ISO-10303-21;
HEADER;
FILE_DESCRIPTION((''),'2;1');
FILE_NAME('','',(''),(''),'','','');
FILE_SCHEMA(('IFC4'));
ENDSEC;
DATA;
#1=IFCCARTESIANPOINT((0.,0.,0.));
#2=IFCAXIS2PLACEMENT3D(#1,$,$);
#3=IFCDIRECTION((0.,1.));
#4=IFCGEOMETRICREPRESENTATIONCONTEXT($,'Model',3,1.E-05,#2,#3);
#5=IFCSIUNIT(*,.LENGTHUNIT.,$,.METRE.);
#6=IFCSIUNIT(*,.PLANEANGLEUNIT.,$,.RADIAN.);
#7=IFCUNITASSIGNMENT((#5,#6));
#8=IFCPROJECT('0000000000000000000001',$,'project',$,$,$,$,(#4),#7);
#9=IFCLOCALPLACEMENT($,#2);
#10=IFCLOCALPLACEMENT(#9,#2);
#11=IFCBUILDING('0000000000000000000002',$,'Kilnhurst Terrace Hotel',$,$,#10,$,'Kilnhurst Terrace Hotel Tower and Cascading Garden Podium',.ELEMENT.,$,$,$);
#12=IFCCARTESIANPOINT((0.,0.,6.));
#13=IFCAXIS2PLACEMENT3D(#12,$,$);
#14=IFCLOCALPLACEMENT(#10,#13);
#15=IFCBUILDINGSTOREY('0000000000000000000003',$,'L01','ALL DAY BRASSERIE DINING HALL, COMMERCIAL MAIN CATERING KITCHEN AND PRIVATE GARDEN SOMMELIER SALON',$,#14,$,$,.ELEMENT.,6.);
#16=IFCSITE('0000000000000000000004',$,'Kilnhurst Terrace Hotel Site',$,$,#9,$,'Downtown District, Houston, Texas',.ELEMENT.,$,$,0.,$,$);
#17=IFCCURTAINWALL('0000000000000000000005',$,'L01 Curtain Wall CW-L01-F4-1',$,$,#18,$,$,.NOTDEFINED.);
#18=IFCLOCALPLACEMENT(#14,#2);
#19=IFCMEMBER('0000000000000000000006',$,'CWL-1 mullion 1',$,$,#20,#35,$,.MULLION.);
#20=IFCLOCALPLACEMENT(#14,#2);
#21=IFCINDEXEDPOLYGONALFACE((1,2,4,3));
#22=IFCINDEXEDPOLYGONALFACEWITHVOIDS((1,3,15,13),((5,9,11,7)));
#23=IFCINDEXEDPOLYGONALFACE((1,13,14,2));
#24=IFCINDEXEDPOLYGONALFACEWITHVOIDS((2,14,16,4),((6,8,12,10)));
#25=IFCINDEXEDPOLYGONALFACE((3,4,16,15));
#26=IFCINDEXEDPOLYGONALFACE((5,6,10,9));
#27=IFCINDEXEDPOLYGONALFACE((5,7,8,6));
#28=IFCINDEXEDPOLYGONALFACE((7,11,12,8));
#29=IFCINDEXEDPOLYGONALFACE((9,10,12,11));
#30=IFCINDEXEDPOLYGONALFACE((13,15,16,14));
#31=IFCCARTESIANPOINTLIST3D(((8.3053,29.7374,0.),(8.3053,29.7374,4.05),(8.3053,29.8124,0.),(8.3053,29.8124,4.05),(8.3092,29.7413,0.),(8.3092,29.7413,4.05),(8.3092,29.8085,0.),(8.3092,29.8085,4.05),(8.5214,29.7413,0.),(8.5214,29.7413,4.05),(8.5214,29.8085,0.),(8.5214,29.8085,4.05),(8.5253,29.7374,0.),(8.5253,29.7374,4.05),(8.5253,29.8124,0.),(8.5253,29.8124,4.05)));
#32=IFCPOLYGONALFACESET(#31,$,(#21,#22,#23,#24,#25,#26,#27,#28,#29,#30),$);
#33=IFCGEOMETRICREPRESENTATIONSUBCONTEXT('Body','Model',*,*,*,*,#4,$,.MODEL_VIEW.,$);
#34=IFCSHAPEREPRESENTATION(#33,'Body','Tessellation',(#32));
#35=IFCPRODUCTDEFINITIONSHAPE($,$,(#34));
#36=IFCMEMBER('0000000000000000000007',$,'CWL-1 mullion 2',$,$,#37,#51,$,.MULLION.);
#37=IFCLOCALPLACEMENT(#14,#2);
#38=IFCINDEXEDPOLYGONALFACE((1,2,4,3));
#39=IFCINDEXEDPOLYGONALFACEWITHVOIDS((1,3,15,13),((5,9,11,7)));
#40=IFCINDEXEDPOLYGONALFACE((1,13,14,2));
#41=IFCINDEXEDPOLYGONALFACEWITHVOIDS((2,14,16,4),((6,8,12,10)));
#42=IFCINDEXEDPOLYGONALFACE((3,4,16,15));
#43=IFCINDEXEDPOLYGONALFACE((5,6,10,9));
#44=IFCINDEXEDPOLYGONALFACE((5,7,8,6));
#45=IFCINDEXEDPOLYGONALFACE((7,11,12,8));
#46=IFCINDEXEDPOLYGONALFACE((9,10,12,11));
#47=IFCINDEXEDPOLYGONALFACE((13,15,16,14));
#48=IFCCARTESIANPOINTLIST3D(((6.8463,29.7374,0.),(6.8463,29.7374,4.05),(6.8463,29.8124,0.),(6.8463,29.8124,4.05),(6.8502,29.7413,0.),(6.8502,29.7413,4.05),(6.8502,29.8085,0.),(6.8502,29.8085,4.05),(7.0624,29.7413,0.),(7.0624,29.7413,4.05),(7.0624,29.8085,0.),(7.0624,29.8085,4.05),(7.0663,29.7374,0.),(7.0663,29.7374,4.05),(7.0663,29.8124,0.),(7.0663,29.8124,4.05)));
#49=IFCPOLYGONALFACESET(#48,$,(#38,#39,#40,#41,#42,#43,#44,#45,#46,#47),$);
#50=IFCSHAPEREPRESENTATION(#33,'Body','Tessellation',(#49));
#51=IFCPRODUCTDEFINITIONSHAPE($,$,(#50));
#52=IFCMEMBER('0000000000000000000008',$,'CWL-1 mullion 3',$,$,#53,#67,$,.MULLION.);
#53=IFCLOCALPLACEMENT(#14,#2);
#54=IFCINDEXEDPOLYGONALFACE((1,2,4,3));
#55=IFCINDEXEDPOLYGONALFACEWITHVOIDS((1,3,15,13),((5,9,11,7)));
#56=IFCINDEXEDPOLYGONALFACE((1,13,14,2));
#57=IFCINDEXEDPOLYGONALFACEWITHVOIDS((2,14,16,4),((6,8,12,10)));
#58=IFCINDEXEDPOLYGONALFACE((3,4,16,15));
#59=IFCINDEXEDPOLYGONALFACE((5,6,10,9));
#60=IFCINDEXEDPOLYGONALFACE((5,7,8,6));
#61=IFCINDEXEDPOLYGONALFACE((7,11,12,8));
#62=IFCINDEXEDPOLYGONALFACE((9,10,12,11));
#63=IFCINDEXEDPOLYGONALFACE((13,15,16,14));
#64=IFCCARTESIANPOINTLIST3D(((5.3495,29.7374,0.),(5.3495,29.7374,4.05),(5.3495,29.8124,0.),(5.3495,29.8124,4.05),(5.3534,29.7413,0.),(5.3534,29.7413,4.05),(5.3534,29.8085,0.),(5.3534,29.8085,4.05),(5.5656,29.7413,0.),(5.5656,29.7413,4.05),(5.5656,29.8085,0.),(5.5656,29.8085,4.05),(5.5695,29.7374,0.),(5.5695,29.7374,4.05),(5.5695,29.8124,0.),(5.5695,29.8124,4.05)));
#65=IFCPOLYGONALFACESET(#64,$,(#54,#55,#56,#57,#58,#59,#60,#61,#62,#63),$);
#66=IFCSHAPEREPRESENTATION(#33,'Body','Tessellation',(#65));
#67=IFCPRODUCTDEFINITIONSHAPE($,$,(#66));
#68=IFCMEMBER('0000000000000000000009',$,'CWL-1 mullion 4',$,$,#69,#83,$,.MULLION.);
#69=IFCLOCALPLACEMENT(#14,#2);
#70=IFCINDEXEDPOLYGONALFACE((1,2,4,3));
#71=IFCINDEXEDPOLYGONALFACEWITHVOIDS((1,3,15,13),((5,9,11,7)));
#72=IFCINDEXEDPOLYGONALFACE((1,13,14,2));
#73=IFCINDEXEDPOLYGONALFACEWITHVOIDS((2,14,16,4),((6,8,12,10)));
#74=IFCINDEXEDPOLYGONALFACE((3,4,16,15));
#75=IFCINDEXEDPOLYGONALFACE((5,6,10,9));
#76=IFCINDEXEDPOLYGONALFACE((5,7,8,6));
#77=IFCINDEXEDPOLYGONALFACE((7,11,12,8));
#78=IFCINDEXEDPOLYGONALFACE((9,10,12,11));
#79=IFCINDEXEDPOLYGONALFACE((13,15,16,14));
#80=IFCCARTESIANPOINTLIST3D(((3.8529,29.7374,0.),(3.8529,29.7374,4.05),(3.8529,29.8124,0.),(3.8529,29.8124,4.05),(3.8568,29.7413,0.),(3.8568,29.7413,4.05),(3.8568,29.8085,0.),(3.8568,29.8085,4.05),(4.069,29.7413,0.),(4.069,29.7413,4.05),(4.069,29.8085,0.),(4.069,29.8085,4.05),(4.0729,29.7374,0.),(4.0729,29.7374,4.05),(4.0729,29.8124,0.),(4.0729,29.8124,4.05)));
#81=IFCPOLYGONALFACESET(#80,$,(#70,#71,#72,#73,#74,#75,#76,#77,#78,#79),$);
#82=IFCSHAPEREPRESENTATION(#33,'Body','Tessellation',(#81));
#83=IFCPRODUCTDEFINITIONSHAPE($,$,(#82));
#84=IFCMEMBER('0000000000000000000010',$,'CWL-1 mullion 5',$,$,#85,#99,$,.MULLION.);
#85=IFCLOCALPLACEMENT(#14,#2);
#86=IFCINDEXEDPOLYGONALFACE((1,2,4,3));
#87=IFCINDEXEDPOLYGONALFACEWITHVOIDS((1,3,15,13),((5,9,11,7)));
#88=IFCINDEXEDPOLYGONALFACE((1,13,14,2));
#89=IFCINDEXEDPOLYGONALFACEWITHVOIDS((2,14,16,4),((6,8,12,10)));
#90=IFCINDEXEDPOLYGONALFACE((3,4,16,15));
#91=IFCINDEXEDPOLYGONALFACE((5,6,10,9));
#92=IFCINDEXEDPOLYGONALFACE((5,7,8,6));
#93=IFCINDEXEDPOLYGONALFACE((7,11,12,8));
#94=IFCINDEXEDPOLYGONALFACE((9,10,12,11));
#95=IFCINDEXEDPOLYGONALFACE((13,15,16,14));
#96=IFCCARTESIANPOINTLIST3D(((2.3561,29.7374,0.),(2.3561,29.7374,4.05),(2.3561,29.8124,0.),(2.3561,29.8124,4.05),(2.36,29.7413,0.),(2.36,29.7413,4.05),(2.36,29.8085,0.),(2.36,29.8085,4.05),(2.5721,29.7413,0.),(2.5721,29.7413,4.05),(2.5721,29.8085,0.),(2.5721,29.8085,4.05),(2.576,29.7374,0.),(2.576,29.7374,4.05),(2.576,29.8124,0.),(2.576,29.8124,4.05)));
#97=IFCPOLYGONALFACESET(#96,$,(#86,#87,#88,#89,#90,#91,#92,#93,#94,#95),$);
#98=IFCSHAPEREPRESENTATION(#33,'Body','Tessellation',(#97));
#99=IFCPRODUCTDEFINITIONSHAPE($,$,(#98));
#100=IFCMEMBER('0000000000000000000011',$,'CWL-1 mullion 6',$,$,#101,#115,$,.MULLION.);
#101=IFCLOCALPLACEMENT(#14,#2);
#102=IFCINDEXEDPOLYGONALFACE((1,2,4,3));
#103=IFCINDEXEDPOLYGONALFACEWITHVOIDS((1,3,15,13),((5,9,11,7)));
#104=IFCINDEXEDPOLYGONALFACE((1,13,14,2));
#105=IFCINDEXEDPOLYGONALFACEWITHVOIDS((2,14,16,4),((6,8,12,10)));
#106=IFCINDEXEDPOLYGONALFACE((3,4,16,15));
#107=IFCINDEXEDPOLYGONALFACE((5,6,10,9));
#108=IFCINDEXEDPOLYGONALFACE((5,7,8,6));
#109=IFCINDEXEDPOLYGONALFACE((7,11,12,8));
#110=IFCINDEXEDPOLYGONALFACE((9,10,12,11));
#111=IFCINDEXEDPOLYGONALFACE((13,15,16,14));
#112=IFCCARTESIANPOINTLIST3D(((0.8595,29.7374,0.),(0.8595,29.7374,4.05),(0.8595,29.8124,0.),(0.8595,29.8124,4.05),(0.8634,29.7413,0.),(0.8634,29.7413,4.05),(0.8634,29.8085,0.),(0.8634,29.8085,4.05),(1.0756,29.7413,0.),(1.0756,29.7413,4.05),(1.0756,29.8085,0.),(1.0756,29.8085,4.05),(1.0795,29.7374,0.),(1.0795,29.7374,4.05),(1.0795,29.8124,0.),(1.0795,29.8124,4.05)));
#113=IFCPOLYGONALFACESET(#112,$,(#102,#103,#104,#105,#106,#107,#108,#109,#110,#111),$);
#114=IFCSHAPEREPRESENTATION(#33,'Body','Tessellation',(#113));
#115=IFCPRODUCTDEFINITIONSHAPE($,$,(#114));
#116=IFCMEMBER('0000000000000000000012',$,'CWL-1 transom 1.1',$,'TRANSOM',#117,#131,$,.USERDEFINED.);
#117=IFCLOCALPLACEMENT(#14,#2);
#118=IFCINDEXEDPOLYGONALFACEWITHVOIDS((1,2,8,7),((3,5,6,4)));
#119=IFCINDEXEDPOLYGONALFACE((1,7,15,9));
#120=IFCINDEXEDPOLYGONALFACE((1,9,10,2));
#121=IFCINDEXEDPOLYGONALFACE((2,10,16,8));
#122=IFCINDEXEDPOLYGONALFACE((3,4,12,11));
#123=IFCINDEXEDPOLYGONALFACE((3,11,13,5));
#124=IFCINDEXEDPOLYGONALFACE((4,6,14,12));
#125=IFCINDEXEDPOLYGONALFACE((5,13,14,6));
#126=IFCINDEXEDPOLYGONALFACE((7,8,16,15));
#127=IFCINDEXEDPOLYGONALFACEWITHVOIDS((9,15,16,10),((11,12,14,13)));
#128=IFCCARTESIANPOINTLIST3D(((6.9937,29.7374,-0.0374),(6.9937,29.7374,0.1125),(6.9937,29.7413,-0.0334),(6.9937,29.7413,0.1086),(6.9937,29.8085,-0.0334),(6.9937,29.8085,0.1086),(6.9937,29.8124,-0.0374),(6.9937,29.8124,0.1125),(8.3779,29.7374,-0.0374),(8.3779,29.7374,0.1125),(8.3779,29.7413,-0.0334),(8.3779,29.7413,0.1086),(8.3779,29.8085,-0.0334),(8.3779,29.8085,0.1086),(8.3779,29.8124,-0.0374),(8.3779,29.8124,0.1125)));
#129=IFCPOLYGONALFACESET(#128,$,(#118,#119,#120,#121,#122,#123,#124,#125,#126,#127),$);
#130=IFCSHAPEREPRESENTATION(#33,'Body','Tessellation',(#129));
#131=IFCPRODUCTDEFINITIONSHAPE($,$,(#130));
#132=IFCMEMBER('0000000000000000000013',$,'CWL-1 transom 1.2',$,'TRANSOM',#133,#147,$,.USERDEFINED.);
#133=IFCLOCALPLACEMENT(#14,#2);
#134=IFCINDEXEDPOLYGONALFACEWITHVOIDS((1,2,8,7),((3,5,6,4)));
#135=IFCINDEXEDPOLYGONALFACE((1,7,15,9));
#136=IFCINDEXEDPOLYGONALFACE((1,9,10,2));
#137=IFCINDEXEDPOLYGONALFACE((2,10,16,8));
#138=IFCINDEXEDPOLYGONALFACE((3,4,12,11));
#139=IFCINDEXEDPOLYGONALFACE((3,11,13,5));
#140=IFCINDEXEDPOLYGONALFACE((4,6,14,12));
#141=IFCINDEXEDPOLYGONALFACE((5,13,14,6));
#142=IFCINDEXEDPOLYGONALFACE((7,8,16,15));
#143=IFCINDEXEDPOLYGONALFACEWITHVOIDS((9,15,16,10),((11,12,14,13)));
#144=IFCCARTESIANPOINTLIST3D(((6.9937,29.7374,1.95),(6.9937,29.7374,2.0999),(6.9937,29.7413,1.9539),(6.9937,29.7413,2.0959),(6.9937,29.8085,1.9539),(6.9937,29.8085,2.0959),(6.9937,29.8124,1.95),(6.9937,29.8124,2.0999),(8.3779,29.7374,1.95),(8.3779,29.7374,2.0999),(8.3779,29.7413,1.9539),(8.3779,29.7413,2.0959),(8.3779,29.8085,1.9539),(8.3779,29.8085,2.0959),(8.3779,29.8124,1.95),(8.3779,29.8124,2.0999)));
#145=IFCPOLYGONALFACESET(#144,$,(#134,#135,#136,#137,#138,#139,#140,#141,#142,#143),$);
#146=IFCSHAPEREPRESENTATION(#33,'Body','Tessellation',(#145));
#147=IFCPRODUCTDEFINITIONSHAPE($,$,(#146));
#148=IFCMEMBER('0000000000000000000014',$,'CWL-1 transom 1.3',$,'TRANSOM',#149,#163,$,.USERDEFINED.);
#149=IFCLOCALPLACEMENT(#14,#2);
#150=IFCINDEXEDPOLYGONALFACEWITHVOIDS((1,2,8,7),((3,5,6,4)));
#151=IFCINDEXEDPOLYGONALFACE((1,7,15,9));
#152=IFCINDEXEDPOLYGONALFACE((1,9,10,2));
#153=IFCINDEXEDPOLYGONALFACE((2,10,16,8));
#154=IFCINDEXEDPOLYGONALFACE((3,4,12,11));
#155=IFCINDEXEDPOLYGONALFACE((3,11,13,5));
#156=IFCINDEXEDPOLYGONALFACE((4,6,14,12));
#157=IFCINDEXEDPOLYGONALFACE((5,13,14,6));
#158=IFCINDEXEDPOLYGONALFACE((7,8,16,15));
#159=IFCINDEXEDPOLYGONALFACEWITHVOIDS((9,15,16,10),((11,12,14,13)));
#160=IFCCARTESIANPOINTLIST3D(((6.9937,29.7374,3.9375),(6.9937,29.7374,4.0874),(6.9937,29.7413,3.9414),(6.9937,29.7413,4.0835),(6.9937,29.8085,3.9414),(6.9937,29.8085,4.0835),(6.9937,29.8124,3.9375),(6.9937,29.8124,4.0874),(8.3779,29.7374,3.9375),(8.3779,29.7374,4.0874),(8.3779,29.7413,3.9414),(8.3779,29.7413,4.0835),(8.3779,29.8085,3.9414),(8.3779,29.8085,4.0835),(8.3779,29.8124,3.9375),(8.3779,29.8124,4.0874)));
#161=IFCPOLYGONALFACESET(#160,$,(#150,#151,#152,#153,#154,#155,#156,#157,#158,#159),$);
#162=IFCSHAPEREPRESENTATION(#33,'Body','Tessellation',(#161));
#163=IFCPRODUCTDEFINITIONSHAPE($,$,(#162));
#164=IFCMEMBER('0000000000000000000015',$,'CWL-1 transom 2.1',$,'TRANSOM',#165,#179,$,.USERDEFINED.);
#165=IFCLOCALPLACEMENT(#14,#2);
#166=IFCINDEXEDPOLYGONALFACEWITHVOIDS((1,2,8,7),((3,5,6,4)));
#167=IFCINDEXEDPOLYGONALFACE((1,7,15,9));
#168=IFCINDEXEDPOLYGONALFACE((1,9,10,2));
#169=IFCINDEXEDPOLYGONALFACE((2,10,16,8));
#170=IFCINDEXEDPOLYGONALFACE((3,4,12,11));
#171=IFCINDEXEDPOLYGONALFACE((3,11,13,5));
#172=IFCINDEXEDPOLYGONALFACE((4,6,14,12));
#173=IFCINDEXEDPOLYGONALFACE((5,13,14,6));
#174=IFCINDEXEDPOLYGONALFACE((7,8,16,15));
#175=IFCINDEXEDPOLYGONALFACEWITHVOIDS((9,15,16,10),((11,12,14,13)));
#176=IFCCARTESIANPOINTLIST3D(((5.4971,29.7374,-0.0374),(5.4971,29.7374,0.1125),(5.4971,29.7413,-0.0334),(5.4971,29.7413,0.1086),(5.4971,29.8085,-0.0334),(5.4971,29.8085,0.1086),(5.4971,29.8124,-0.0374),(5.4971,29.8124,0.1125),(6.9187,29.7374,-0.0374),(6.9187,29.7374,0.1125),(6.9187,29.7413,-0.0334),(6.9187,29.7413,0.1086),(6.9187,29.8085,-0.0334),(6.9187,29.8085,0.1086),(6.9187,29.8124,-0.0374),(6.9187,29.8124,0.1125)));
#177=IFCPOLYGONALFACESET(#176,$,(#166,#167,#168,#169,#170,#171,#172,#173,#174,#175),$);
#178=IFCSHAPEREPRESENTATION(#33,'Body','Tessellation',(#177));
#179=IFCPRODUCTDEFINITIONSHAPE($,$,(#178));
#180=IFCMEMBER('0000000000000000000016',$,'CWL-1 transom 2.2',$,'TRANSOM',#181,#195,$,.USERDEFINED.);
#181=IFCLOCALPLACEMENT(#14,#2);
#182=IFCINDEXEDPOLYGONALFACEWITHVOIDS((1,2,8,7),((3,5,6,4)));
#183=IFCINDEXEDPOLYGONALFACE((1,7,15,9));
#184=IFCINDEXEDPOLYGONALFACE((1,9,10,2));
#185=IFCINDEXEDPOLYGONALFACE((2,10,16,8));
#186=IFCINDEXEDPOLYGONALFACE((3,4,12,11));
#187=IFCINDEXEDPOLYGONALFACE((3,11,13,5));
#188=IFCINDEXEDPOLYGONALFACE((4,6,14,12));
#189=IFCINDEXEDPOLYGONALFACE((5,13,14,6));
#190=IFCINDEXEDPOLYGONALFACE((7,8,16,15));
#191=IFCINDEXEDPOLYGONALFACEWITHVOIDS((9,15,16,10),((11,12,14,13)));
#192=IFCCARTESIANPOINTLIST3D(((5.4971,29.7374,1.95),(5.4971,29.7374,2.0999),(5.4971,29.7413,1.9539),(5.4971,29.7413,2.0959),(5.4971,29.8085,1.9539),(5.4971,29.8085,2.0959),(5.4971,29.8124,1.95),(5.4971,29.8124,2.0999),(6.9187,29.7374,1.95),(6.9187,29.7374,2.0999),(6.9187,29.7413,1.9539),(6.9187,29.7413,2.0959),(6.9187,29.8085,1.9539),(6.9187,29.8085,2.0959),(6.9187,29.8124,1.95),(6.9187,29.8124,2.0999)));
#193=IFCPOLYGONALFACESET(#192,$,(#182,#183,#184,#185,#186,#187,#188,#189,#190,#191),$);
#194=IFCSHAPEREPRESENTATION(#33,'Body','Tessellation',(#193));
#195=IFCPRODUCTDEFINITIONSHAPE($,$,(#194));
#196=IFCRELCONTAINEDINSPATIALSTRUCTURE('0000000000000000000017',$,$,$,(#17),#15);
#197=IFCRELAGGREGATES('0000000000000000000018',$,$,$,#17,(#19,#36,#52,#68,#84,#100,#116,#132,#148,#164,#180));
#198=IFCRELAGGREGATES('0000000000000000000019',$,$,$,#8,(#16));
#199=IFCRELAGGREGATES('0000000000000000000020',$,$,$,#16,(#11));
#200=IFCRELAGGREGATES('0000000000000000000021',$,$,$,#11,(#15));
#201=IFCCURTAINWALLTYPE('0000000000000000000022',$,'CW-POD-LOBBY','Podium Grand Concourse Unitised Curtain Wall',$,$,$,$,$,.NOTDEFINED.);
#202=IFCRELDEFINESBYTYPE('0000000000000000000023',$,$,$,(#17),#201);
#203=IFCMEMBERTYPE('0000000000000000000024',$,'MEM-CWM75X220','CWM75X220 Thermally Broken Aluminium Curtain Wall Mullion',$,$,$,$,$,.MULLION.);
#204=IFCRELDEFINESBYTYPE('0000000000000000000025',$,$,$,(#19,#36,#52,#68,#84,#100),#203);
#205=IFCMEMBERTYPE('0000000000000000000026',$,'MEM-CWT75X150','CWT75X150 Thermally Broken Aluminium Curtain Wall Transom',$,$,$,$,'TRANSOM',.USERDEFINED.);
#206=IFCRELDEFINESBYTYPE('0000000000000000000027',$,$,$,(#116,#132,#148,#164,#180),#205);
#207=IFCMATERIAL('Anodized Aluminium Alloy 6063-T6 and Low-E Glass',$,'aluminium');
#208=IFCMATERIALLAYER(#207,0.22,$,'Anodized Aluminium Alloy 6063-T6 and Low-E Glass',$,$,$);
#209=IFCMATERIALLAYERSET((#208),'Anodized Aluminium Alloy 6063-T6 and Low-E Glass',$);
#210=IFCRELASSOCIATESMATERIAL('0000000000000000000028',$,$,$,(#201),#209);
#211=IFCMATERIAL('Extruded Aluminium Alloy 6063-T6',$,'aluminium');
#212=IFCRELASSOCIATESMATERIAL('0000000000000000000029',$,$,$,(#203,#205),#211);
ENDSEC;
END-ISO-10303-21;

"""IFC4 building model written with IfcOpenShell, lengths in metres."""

from ifc_helpers import new_model, si_unit, direction, frame, origin, origin_2d, place, context, subcontext, project, spatial, hollow_rectangle, extrude, material, layer, layer_set, material_profile, profile_set, type_object, element, aggregate, save


model = new_model("IFC4")

# Units and contexts
model_context = context("Model", 3, precision=1e-05, world=origin(), true_north=direction((0.0, 1.0)))
body_context = subcontext(model_context, "Body", "Model", "MODEL_VIEW")
ifc_project = project(units=[si_unit("LENGTHUNIT", "METRE"), si_unit("PLANEANGLEUNIT", "RADIAN")], contexts=[model_context])

# Site, building, storey
site_placement = place(None, origin())
site = spatial("IfcSite", under=ifc_project, at=site_placement, Name="Kilnhurst Terrace Hotel Site", LongName="Downtown District, Houston, Texas", CompositionType="ELEMENT", RefElevation=0.0)
building_placement = place(site_placement, origin())
building = spatial("IfcBuilding", under=site, at=building_placement, Name="Kilnhurst Terrace Hotel", LongName="Kilnhurst Terrace Hotel Tower and Cascading Garden Podium", CompositionType="ELEMENT")
storey_placement = place(building_placement, frame((0.0, 0.0, 6.0)))
storey = spatial("IfcBuildingStorey", under=building, at=storey_placement, Name="L01", Description="ALL DAY BRASSERIE DINING HALL, COMMERCIAL MAIN CATERING KITCHEN AND PRIVATE GARDEN SOMMELIER SALON", CompositionType="ELEMENT", Elevation=6.0)

# Curtain wall, members
ifc_material_1 = material(Name="Anodized Aluminium Alloy 6063-T6 and Low-E Glass", Category="aluminium")
ifc_layer_1 = layer(ifc_material_1, 0.22, Name="Anodized Aluminium Alloy 6063-T6 and Low-E Glass")
ifc_layer_set_1 = layer_set([ifc_layer_1], Name="Anodized Aluminium Alloy 6063-T6 and Low-E Glass")
curtain_wall_type = type_object("IfcCurtainWallType", Name="CW-POD-LOBBY", Description="Podium Grand Concourse Unitised Curtain Wall", PredefinedType="NOTDEFINED", material=ifc_layer_set_1)
curtain_wall_placement = place(storey_placement, origin())
curtain_wall = element("IfcCurtainWall", 1, at=curtain_wall_placement, inside=storey, type_object=curtain_wall_type, Name="L01 Curtain Wall CW-L01-F4-1", PredefinedType="NOTDEFINED")
ifc_material_2 = material(Name="Extruded Aluminium Alloy 6063-T6", Category="aluminium")
ifc_material_profile_1 = material_profile(ifc_material_2, hollow_rectangle(XDim=0.075, YDim=0.22, WallThickness=0.0039, at=origin_2d()), Name="CWM75X220")
ifc_profile_set_1 = profile_set([ifc_material_profile_1], Name="Extruded Aluminium Alloy 6063-T6")
member_type_1 = type_object("IfcMemberType", Name="MEM-CWM75X220", Description="CWM75X220 Thermally Broken Aluminium Curtain Wall Mullion", PredefinedType="MULLION", material=ifc_profile_set_1)
member_1_placement = place(storey_placement, frame((8.4153, 29.7749, 0.0), z_axis=(0.0, 0.0, 1.0), x_axis=(0.0, -1.0, 0.0)))
member_1 = element("IfcMember", 2, at=member_1_placement, type_object=member_type_1, Name="CWL-1 mullion 1", PredefinedType="MULLION", context=body_context, shape_type="SweptSolid", body=[
    extrude(hollow_rectangle(XDim=0.075, YDim=0.22, WallThickness=0.0039, at=origin_2d()), origin(), (0.0, 0.0, 1.0), 4.05),
])
member_2_placement = place(storey_placement, frame((6.9563, 29.7749, 0.0), z_axis=(0.0, 0.0, 1.0), x_axis=(0.0, -1.0, 0.0)))
member_2 = element("IfcMember", 3, at=member_2_placement, type_object=member_type_1, Name="CWL-1 mullion 2", PredefinedType="MULLION", context=body_context, shape_type="SweptSolid", body=[
    extrude(hollow_rectangle(XDim=0.075, YDim=0.22, WallThickness=0.0039, at=origin_2d()), origin(), (0.0, 0.0, 1.0), 4.05),
])
member_3_placement = place(storey_placement, frame((5.4595, 29.7749, 0.0), z_axis=(0.0, 0.0, 1.0), x_axis=(0.0, -1.0, 0.0)))
member_3 = element("IfcMember", 4, at=member_3_placement, type_object=member_type_1, Name="CWL-1 mullion 3", PredefinedType="MULLION", context=body_context, shape_type="SweptSolid", body=[
    extrude(hollow_rectangle(XDim=0.075, YDim=0.22, WallThickness=0.0039, at=origin_2d()), origin(), (0.0, 0.0, 1.0), 4.05),
])
member_4_placement = place(storey_placement, frame((3.9629, 29.7749, 0.0), z_axis=(0.0, 0.0, 1.0), x_axis=(0.0, -1.0, 0.0)))
member_4 = element("IfcMember", 5, at=member_4_placement, type_object=member_type_1, Name="CWL-1 mullion 4", PredefinedType="MULLION", context=body_context, shape_type="SweptSolid", body=[
    extrude(hollow_rectangle(XDim=0.075, YDim=0.22, WallThickness=0.0039, at=origin_2d()), origin(), (0.0, 0.0, 1.0), 4.05),
])
member_5_placement = place(storey_placement, frame((2.4661, 29.7749, 0.0), z_axis=(0.0, 0.0, 1.0), x_axis=(0.0, -1.0, 0.0)))
member_5 = element("IfcMember", 6, at=member_5_placement, type_object=member_type_1, Name="CWL-1 mullion 5", PredefinedType="MULLION", context=body_context, shape_type="SweptSolid", body=[
    extrude(hollow_rectangle(XDim=0.075, YDim=0.22, WallThickness=0.0039, at=origin_2d()), origin(), (0.0, 0.0, 1.0), 4.05),
])
member_6_placement = place(storey_placement, frame((0.9695, 29.7749, 0.0), z_axis=(0.0, 0.0, 1.0), x_axis=(0.0, -1.0, 0.0)))
member_6 = element("IfcMember", 7, at=member_6_placement, type_object=member_type_1, Name="CWL-1 mullion 6", PredefinedType="MULLION", context=body_context, shape_type="SweptSolid", body=[
    extrude(hollow_rectangle(XDim=0.075, YDim=0.22, WallThickness=0.0039, at=origin_2d()), origin(), (0.0, 0.0, 1.0), 4.05),
])
ifc_material_profile_2 = material_profile(ifc_material_2, hollow_rectangle(XDim=0.075, YDim=0.1499, WallThickness=0.0039, at=origin_2d()), Name="CWT75X150")
ifc_profile_set_2 = profile_set([ifc_material_profile_2], Name="Extruded Aluminium Alloy 6063-T6")
member_type_2 = type_object("IfcMemberType", Name="MEM-CWT75X150", Description="CWT75X150 Thermally Broken Aluminium Curtain Wall Transom", ElementType="TRANSOM", PredefinedType="USERDEFINED", material=ifc_profile_set_2)
member_7_placement = place(storey_placement, frame((8.3779, 29.7749, 0.0376), z_axis=(-1.0, 0.0, 0.0), x_axis=(0.0, -1.0, 0.0)))
member_7 = element("IfcMember", 8, at=member_7_placement, type_object=member_type_2, Name="CWL-1 transom 1.1", ObjectType="TRANSOM", PredefinedType="USERDEFINED", context=body_context, shape_type="SweptSolid", body=[
    extrude(hollow_rectangle(XDim=0.075, YDim=0.1499, WallThickness=0.0039, at=origin_2d()), origin(), (0.0, 0.0, 1.0), 1.3843),
])
member_8_placement = place(storey_placement, frame((8.3779, 29.7749, 2.0249), z_axis=(-1.0, 0.0, 0.0), x_axis=(0.0, -1.0, 0.0)))
member_8 = element("IfcMember", 9, at=member_8_placement, type_object=member_type_2, Name="CWL-1 transom 1.2", ObjectType="TRANSOM", PredefinedType="USERDEFINED", context=body_context, shape_type="SweptSolid", body=[
    extrude(hollow_rectangle(XDim=0.075, YDim=0.1499, WallThickness=0.0039, at=origin_2d()), origin(), (0.0, 0.0, 1.0), 1.3843),
])
member_9_placement = place(storey_placement, frame((8.3779, 29.7749, 4.0125), z_axis=(-1.0, 0.0, 0.0), x_axis=(0.0, -1.0, 0.0)))
member_9 = element("IfcMember", 10, at=member_9_placement, type_object=member_type_2, Name="CWL-1 transom 1.3", ObjectType="TRANSOM", PredefinedType="USERDEFINED", context=body_context, shape_type="SweptSolid", body=[
    extrude(hollow_rectangle(XDim=0.075, YDim=0.1499, WallThickness=0.0039, at=origin_2d()), origin(), (0.0, 0.0, 1.0), 1.3843),
])
member_10_placement = place(storey_placement, frame((6.9187, 29.7749, 0.0376), z_axis=(-1.0, 0.0, 0.0), x_axis=(0.0, -1.0, 0.0)))
member_10 = element("IfcMember", 11, at=member_10_placement, type_object=member_type_2, Name="CWL-1 transom 2.1", ObjectType="TRANSOM", PredefinedType="USERDEFINED", context=body_context, shape_type="SweptSolid", body=[
    extrude(hollow_rectangle(XDim=0.075, YDim=0.1499, WallThickness=0.0039, at=origin_2d()), origin(), (0.0, 0.0, 1.0), 1.4216),
])
member_11_placement = place(storey_placement, frame((6.9187, 29.7749, 2.0249), z_axis=(-1.0, 0.0, 0.0), x_axis=(0.0, -1.0, 0.0)))
member_11 = element("IfcMember", 12, at=member_11_placement, type_object=member_type_2, Name="CWL-1 transom 2.2", ObjectType="TRANSOM", PredefinedType="USERDEFINED", context=body_context, shape_type="SweptSolid", body=[
    extrude(hollow_rectangle(XDim=0.075, YDim=0.1499, WallThickness=0.0039, at=origin_2d()), origin(), (0.0, 0.0, 1.0), 1.4216),
])
aggregate(curtain_wall, [member_1, member_2, member_3, member_4, member_5, member_6, member_7, member_8, member_9, member_10, member_11])

save(model, "model.ifc")
